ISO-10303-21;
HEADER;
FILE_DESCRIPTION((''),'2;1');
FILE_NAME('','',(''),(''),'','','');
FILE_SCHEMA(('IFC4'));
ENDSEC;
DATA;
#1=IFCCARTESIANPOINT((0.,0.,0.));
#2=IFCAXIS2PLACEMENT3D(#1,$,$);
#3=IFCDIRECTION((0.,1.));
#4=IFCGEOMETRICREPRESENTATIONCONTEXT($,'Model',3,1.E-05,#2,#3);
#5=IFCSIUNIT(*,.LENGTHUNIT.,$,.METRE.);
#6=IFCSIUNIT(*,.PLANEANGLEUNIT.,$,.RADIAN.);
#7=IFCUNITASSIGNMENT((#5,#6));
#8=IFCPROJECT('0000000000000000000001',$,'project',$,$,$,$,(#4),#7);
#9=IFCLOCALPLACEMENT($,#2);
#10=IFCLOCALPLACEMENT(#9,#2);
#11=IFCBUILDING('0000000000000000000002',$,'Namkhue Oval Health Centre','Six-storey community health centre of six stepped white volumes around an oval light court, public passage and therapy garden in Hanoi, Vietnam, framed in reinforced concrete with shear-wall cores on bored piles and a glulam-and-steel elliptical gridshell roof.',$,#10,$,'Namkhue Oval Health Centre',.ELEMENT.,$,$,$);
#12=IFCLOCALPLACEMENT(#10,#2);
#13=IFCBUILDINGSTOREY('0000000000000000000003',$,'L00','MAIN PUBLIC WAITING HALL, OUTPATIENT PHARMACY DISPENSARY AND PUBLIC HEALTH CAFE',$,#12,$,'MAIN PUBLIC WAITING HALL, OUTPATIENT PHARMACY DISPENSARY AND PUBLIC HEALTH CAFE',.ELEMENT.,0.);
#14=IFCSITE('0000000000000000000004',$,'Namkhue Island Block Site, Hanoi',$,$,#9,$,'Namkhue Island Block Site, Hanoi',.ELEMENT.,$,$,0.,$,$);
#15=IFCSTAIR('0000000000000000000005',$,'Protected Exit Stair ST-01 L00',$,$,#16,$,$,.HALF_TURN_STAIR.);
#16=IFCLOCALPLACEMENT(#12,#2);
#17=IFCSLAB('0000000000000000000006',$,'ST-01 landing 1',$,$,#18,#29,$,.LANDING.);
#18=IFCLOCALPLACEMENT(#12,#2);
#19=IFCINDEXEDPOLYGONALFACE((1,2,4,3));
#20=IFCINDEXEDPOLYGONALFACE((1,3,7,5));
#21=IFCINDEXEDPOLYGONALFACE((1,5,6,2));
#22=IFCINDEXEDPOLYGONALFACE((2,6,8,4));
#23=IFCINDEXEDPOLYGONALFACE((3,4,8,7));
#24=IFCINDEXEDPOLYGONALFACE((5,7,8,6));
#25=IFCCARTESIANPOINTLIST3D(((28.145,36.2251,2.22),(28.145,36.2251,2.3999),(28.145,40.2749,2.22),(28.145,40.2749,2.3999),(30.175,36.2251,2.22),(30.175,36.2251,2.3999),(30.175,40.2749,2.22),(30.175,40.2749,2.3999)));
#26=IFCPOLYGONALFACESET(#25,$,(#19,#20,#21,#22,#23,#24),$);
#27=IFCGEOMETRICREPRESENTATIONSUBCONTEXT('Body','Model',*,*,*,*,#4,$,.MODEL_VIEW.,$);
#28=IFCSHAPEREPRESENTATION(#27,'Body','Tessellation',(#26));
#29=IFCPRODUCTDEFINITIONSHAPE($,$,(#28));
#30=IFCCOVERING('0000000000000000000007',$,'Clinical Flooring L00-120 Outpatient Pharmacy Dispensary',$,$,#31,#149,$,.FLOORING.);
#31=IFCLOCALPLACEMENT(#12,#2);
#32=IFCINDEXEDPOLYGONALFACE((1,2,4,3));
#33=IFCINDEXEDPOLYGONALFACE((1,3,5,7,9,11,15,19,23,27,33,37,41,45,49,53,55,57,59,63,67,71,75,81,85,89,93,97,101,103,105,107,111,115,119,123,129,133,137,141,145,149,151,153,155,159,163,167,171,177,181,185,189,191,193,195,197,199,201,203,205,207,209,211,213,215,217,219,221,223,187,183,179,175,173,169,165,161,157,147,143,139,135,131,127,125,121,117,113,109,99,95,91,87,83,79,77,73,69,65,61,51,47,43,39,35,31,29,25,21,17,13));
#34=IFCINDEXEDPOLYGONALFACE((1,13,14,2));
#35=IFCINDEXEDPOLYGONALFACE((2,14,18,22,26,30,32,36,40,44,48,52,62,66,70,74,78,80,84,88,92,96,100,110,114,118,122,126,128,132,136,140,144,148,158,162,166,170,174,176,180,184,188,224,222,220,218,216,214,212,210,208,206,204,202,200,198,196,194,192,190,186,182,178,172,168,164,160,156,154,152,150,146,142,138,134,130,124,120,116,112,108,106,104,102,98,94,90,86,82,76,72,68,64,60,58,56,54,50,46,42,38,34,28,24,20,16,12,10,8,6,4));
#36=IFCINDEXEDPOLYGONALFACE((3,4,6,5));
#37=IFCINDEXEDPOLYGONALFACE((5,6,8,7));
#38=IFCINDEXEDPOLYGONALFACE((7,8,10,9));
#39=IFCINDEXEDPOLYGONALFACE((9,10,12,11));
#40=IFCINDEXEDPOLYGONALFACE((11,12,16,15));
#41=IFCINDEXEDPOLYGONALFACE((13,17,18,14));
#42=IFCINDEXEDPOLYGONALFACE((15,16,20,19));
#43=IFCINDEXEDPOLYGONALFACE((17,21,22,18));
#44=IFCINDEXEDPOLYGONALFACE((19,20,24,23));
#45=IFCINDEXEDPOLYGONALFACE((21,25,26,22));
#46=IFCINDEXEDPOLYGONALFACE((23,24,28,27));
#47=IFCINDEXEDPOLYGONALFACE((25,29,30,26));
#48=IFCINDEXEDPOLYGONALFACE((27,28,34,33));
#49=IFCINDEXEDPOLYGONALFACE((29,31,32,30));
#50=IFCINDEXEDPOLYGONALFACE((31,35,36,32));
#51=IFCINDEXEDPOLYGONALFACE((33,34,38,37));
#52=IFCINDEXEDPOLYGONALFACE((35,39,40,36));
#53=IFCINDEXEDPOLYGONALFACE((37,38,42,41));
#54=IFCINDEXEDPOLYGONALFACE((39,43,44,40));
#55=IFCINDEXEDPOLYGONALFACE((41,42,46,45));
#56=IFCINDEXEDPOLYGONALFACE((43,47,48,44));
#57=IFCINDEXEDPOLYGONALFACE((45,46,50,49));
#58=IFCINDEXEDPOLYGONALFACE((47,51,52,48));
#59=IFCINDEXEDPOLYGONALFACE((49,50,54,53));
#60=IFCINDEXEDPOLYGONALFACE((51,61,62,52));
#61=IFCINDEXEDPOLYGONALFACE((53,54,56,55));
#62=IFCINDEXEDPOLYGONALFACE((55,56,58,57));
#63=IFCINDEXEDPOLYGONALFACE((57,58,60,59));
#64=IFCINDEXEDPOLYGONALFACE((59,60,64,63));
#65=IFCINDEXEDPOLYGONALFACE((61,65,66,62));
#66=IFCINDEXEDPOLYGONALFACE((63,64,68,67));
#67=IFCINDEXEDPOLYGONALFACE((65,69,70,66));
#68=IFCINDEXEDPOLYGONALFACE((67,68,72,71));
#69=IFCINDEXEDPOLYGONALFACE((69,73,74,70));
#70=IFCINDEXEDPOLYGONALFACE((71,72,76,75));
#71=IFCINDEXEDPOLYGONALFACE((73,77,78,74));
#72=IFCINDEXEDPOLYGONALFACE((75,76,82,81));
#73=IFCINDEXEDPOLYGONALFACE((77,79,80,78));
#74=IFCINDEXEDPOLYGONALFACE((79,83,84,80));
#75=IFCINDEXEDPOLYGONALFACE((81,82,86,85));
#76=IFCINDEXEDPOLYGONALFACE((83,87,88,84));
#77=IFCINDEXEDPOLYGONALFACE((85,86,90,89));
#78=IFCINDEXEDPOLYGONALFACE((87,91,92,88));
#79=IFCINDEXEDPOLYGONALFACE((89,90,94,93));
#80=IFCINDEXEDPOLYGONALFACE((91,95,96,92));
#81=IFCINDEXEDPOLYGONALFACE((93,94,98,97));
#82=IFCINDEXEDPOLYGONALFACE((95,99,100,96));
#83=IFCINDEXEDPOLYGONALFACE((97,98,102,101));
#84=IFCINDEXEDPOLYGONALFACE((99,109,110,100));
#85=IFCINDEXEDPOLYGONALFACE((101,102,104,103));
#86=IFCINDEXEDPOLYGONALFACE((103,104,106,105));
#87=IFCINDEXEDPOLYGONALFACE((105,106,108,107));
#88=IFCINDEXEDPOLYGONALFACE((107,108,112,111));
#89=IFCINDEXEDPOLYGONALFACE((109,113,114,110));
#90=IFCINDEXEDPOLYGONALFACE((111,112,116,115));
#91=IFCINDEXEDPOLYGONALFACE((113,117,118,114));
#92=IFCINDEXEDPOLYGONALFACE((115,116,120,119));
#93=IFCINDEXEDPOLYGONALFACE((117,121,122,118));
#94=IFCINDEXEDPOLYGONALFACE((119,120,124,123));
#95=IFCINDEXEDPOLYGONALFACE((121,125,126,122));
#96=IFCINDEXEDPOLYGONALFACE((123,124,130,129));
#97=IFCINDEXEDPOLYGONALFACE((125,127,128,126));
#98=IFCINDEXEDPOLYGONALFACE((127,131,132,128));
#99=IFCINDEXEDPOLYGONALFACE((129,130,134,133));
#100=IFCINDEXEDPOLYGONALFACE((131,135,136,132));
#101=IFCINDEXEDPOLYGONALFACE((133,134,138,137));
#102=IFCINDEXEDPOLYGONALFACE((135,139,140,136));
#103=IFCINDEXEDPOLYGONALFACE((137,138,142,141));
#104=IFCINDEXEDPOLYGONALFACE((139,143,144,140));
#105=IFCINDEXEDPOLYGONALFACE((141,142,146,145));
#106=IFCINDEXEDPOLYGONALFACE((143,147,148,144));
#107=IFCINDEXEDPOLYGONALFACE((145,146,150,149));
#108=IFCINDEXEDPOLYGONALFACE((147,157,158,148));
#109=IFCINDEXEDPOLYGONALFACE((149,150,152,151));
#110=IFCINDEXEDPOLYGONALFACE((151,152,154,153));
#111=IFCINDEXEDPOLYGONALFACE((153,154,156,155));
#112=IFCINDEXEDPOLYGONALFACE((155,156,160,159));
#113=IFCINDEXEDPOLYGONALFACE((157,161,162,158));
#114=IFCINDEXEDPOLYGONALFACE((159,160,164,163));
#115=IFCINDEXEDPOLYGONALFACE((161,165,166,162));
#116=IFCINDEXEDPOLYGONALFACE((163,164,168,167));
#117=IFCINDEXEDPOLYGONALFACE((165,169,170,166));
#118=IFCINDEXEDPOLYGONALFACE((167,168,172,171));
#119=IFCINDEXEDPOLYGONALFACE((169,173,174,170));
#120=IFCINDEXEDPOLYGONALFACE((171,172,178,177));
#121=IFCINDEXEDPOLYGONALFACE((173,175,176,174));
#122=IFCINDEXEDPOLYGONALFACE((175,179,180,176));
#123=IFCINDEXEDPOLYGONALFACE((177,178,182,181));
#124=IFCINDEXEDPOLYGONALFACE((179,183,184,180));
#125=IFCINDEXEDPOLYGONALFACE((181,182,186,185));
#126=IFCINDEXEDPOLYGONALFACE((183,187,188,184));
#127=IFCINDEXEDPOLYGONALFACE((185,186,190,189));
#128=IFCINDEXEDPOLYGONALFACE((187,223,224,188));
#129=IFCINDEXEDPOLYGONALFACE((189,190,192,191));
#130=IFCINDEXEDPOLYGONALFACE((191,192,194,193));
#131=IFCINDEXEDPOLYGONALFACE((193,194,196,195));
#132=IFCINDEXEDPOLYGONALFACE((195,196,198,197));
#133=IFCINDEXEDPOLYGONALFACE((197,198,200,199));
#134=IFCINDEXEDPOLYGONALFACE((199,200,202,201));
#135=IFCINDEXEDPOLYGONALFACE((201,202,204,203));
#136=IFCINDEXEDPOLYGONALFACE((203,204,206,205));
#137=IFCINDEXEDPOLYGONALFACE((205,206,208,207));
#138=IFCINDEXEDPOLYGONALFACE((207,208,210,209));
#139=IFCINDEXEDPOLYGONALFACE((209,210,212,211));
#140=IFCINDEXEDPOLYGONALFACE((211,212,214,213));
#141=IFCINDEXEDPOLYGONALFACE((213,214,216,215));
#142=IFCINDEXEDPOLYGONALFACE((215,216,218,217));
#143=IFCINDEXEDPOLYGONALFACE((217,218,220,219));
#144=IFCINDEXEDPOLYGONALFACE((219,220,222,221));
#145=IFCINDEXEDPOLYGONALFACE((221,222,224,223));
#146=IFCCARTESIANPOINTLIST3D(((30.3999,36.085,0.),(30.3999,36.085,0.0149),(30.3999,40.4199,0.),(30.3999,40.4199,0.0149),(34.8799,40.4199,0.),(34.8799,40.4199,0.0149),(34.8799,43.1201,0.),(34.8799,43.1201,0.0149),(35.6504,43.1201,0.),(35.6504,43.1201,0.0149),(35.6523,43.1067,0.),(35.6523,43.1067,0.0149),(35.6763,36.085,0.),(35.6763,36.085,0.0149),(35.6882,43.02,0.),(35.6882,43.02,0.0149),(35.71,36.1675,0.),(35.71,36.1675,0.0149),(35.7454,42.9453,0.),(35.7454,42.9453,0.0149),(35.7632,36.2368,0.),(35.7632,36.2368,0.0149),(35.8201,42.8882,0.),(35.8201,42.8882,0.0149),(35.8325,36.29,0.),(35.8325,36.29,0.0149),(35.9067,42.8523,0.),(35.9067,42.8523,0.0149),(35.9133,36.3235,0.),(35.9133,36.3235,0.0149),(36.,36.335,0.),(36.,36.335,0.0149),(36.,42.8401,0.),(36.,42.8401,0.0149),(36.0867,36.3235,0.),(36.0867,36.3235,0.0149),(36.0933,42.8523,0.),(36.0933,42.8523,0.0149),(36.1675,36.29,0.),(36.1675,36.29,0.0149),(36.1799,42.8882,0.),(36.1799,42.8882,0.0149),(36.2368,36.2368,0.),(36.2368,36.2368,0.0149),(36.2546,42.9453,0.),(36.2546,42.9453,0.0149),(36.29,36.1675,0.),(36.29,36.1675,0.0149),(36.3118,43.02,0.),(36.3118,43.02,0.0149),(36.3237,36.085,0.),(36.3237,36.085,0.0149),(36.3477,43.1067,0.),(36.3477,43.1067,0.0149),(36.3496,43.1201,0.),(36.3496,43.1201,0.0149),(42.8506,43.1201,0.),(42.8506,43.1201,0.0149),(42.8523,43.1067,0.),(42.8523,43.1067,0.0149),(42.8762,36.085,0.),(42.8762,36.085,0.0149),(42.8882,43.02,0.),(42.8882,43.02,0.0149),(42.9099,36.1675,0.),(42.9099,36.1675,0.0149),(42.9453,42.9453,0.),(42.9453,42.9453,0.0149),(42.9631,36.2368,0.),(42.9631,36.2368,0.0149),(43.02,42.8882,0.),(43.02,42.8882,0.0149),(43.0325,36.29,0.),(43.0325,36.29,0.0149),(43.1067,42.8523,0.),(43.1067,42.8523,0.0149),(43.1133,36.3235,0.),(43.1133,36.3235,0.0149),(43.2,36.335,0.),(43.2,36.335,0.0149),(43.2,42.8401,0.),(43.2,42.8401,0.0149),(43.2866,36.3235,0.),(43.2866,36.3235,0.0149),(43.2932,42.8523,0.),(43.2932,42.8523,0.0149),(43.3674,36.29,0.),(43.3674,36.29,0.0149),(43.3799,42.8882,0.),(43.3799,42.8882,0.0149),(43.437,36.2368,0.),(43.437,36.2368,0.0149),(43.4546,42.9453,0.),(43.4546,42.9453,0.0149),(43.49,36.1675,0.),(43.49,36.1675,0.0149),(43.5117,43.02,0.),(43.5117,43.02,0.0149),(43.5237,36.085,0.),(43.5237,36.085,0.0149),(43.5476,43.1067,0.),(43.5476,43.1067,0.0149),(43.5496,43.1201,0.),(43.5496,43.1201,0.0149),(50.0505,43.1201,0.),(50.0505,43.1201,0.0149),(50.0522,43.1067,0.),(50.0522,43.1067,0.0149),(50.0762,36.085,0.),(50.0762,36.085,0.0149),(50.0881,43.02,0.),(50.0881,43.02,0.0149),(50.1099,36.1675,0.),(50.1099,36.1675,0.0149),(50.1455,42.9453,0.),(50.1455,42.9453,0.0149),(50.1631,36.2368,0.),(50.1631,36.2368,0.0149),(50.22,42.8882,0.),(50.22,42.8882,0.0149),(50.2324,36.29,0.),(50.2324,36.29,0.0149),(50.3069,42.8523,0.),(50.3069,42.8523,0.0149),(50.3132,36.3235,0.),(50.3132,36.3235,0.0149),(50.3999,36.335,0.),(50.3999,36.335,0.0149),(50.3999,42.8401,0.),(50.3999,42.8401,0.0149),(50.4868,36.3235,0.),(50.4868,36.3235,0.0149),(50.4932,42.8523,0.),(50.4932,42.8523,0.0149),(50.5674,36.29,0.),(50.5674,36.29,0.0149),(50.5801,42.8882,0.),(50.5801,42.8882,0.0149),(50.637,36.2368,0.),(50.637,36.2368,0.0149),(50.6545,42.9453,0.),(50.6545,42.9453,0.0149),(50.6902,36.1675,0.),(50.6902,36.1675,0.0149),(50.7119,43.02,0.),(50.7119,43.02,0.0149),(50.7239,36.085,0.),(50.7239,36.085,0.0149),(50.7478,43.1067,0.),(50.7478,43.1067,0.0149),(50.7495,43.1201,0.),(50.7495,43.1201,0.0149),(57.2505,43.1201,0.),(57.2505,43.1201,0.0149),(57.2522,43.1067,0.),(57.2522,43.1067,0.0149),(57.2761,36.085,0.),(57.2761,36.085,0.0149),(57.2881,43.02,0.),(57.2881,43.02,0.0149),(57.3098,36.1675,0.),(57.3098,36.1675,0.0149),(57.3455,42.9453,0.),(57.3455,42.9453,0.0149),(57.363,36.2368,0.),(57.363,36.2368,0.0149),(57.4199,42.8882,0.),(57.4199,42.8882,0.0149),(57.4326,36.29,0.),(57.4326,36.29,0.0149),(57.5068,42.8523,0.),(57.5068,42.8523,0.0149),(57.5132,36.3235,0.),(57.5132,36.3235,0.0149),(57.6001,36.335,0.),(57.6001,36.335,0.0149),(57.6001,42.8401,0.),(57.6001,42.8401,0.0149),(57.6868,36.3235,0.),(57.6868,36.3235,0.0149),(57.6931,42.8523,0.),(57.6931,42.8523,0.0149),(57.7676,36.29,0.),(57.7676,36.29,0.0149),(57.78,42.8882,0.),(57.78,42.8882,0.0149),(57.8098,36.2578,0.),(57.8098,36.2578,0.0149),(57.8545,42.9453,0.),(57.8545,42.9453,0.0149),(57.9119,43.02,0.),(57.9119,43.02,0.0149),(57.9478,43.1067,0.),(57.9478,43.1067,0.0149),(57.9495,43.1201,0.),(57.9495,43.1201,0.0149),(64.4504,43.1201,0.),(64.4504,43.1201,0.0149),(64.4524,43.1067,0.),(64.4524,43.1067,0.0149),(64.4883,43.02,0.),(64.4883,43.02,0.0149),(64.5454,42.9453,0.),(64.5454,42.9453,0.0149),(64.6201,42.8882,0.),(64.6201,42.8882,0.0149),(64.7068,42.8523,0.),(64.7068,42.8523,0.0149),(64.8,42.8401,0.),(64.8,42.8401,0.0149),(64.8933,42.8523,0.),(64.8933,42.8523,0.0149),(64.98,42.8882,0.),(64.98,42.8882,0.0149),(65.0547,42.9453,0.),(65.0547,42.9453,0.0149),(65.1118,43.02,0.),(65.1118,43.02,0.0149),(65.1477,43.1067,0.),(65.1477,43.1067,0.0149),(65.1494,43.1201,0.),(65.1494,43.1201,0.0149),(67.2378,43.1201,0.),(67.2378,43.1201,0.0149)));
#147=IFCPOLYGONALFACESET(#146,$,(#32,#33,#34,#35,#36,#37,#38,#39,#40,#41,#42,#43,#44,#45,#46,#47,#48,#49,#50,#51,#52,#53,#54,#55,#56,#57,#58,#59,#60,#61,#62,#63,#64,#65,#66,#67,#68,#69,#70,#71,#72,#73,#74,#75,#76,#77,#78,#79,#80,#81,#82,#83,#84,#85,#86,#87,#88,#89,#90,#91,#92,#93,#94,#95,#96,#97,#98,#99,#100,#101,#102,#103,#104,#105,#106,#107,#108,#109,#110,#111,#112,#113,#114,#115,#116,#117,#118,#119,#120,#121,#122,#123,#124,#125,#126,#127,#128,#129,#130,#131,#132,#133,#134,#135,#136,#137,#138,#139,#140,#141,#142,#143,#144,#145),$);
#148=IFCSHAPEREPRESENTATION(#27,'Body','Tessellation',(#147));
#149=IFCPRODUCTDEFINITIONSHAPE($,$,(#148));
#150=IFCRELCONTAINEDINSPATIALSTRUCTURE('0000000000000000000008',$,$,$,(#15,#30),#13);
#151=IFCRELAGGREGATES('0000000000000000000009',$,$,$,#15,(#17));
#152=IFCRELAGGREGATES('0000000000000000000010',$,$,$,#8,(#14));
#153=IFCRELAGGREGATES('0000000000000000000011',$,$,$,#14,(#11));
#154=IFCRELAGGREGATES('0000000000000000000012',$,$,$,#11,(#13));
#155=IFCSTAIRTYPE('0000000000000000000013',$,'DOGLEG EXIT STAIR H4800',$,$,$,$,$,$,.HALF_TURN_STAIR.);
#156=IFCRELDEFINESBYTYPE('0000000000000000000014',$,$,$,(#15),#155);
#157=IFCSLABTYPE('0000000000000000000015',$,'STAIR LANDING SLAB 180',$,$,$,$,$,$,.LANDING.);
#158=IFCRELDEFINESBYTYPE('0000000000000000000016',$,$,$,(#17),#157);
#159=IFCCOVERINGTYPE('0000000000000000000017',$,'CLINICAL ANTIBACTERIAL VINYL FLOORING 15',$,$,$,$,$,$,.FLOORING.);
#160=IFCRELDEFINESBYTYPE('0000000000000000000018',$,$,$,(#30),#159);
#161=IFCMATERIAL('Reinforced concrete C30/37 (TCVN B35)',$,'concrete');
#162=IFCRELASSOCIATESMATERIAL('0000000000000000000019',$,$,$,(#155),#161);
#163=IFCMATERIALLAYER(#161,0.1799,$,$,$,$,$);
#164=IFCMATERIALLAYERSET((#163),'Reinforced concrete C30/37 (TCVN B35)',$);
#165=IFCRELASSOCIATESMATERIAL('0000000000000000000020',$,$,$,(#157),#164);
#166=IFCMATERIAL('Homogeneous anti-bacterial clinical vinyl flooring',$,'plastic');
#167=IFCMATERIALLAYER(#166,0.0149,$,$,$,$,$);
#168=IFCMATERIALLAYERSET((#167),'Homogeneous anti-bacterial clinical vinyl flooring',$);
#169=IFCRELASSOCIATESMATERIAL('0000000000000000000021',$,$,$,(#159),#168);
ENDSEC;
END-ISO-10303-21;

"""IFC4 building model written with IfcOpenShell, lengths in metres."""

from ifc_helpers import new_model, si_unit, direction, frame, origin, place, context, subcontext, project, spatial, polyline, outline, extrude, material, layer, layer_set, type_object, element, aggregate, save


model = new_model("IFC4")

# Units and contexts
model_context = context("Model", 3, precision=1e-05, world=origin(), true_north=direction((0.0, 1.0)))
body_context = subcontext(model_context, "Body", "Model", "MODEL_VIEW")
ifc_project = project(units=[si_unit("LENGTHUNIT", "METRE"), si_unit("PLANEANGLEUNIT", "RADIAN")], contexts=[model_context])

# Site, building, storey
site_placement = place(None, origin())
site = spatial("IfcSite", under=ifc_project, at=site_placement, Name="Namkhue Island Block Site, Hanoi", LongName="Namkhue Island Block Site, Hanoi", CompositionType="ELEMENT", RefElevation=0.0)
building_placement = place(site_placement, origin())
building = spatial("IfcBuilding", under=site, at=building_placement, Name="Namkhue Oval Health Centre", Description="Six-storey community health centre of six stepped white volumes around an oval light court, public passage and therapy garden in Hanoi, Vietnam, framed in reinforced concrete with shear-wall cores on bored piles and a glulam-and-steel elliptical gridshell roof.", LongName="Namkhue Oval Health Centre", CompositionType="ELEMENT")
storey_placement = place(building_placement, origin())
storey = spatial("IfcBuildingStorey", under=building, at=storey_placement, Name="L00", Description="MAIN PUBLIC WAITING HALL, OUTPATIENT PHARMACY DISPENSARY AND PUBLIC HEALTH CAFE", LongName="MAIN PUBLIC WAITING HALL, OUTPATIENT PHARMACY DISPENSARY AND PUBLIC HEALTH CAFE", CompositionType="ELEMENT", Elevation=0.0)

# Stair, slab
ifc_material_1 = material(Name="Reinforced concrete C30/37 (TCVN B35)", Category="concrete")
stair_type = type_object("IfcStairType", Name="DOGLEG EXIT STAIR H4800", PredefinedType="HALF_TURN_STAIR", material=ifc_material_1)
stair_placement = place(storey_placement, origin())
stair = element("IfcStair", 1, at=stair_placement, inside=storey, type_object=stair_type, Name="Protected Exit Stair ST-01 L00", PredefinedType="HALF_TURN_STAIR")
ifc_layer_1 = layer(ifc_material_1, 0.1799)
ifc_layer_set_1 = layer_set([ifc_layer_1], Name="Reinforced concrete C30/37 (TCVN B35)")
slab_type = type_object("IfcSlabType", Name="STAIR LANDING SLAB 180", PredefinedType="LANDING", material=ifc_layer_set_1)
slab_placement = place(storey_placement, frame((0.0, 0.0, 2.22)))
slab = element("IfcSlab", 2, at=slab_placement, type_object=slab_type, Name="ST-01 landing 1", PredefinedType="LANDING", context=body_context, shape_type="SweptSolid", body=[
    extrude(outline(polyline([(28.145, 36.2251), (30.175, 36.2251), (30.175, 40.2749), (28.145, 40.2749), (28.145, 36.2251)])), origin(), (0.0, 0.0, 1.0), 0.1799),
])
aggregate(stair, [slab])

# Covering
ifc_material_2 = material(Name="Homogeneous anti-bacterial clinical vinyl flooring", Category="plastic")
ifc_layer_2 = layer(ifc_material_2, 0.0149)
ifc_layer_set_2 = layer_set([ifc_layer_2], Name="Homogeneous anti-bacterial clinical vinyl flooring")
covering_type = type_object("IfcCoveringType", Name="CLINICAL ANTIBACTERIAL VINYL FLOORING 15", PredefinedType="FLOORING", material=ifc_layer_set_2)
covering_1_placement = place(storey_placement, origin())
element("IfcCovering", 3, at=covering_1_placement, inside=storey, type_object=covering_type, Name="Clinical Flooring L00-120 Outpatient Pharmacy Dispensary", PredefinedType="FLOORING", context=body_context, shape_type="SweptSolid", body=[
    extrude(outline(polyline([(34.8799, 43.1201), (35.6504, 43.1201), (35.6523, 43.1067), (35.6882, 43.02), (35.7454, 42.9453), (35.8201, 42.8882), (35.9067, 42.8523), (36.0, 42.8401), (36.0933, 42.8523), (36.1799, 42.8882), (36.2546, 42.9453), (36.3118, 43.02), (36.3477, 43.1067), (36.3496, 43.1201), (42.8506, 43.1201), (42.8523, 43.1067), (42.8882, 43.02), (42.9453, 42.9453), (43.02, 42.8882), (43.1067, 42.8523), (43.2, 42.8401), (43.2932, 42.8523), (43.3799, 42.8882), (43.4546, 42.9453), (43.5117, 43.02), (43.5476, 43.1067), (43.5496, 43.1201), (50.0505, 43.1201), (50.0522, 43.1067), (50.0881, 43.02), (50.1455, 42.9453), (50.22, 42.8882), (50.3069, 42.8523), (50.3999, 42.8401), (50.4932, 42.8523), (50.5801, 42.8882), (50.6545, 42.9453), (50.7119, 43.02), (50.7478, 43.1067), (50.7495, 43.1201), (57.2505, 43.1201), (57.2522, 43.1067), (57.2881, 43.02), (57.3455, 42.9453), (57.4199, 42.8882), (57.5068, 42.8523), (57.6001, 42.8401), (57.6931, 42.8523), (57.78, 42.8882), (57.8545, 42.9453), (57.9119, 43.02), (57.9478, 43.1067), (57.9495, 43.1201), (64.4504, 43.1201), (64.4524, 43.1067), (64.4883, 43.02), (64.5454, 42.9453), (64.6201, 42.8882), (64.7068, 42.8523), (64.8, 42.8401), (64.8933, 42.8523), (64.98, 42.8882), (65.0547, 42.9453), (65.1118, 43.02), (65.1477, 43.1067), (65.1494, 43.1201), (67.2378, 43.1201), (57.8098, 36.2578), (57.7676, 36.29), (57.6868, 36.3235), (57.6001, 36.335), (57.5132, 36.3235), (57.4326, 36.29), (57.363, 36.2368), (57.3098, 36.1675), (57.2761, 36.085), (50.7239, 36.085), (50.6902, 36.1675), (50.637, 36.2368), (50.5674, 36.29), (50.4868, 36.3235), (50.3999, 36.335), (50.3132, 36.3235), (50.2324, 36.29), (50.1631, 36.2368), (50.1099, 36.1675), (50.0762, 36.085), (43.5237, 36.085), (43.49, 36.1675), (43.437, 36.2368), (43.3674, 36.29), (43.2866, 36.3235), (43.2, 36.335), (43.1133, 36.3235), (43.0325, 36.29), (42.9631, 36.2368), (42.9099, 36.1675), (42.8762, 36.085), (36.3237, 36.085), (36.29, 36.1675), (36.2368, 36.2368), (36.1675, 36.29), (36.0867, 36.3235), (36.0, 36.335), (35.9133, 36.3235), (35.8325, 36.29), (35.7632, 36.2368), (35.71, 36.1675), (35.6763, 36.085), (30.3999, 36.085), (30.3999, 40.4199), (34.8799, 40.4199), (34.8799, 43.1201)])), origin(), (0.0, 0.0, 1.0), 0.0149),
])

save(model, "model.ifc")
